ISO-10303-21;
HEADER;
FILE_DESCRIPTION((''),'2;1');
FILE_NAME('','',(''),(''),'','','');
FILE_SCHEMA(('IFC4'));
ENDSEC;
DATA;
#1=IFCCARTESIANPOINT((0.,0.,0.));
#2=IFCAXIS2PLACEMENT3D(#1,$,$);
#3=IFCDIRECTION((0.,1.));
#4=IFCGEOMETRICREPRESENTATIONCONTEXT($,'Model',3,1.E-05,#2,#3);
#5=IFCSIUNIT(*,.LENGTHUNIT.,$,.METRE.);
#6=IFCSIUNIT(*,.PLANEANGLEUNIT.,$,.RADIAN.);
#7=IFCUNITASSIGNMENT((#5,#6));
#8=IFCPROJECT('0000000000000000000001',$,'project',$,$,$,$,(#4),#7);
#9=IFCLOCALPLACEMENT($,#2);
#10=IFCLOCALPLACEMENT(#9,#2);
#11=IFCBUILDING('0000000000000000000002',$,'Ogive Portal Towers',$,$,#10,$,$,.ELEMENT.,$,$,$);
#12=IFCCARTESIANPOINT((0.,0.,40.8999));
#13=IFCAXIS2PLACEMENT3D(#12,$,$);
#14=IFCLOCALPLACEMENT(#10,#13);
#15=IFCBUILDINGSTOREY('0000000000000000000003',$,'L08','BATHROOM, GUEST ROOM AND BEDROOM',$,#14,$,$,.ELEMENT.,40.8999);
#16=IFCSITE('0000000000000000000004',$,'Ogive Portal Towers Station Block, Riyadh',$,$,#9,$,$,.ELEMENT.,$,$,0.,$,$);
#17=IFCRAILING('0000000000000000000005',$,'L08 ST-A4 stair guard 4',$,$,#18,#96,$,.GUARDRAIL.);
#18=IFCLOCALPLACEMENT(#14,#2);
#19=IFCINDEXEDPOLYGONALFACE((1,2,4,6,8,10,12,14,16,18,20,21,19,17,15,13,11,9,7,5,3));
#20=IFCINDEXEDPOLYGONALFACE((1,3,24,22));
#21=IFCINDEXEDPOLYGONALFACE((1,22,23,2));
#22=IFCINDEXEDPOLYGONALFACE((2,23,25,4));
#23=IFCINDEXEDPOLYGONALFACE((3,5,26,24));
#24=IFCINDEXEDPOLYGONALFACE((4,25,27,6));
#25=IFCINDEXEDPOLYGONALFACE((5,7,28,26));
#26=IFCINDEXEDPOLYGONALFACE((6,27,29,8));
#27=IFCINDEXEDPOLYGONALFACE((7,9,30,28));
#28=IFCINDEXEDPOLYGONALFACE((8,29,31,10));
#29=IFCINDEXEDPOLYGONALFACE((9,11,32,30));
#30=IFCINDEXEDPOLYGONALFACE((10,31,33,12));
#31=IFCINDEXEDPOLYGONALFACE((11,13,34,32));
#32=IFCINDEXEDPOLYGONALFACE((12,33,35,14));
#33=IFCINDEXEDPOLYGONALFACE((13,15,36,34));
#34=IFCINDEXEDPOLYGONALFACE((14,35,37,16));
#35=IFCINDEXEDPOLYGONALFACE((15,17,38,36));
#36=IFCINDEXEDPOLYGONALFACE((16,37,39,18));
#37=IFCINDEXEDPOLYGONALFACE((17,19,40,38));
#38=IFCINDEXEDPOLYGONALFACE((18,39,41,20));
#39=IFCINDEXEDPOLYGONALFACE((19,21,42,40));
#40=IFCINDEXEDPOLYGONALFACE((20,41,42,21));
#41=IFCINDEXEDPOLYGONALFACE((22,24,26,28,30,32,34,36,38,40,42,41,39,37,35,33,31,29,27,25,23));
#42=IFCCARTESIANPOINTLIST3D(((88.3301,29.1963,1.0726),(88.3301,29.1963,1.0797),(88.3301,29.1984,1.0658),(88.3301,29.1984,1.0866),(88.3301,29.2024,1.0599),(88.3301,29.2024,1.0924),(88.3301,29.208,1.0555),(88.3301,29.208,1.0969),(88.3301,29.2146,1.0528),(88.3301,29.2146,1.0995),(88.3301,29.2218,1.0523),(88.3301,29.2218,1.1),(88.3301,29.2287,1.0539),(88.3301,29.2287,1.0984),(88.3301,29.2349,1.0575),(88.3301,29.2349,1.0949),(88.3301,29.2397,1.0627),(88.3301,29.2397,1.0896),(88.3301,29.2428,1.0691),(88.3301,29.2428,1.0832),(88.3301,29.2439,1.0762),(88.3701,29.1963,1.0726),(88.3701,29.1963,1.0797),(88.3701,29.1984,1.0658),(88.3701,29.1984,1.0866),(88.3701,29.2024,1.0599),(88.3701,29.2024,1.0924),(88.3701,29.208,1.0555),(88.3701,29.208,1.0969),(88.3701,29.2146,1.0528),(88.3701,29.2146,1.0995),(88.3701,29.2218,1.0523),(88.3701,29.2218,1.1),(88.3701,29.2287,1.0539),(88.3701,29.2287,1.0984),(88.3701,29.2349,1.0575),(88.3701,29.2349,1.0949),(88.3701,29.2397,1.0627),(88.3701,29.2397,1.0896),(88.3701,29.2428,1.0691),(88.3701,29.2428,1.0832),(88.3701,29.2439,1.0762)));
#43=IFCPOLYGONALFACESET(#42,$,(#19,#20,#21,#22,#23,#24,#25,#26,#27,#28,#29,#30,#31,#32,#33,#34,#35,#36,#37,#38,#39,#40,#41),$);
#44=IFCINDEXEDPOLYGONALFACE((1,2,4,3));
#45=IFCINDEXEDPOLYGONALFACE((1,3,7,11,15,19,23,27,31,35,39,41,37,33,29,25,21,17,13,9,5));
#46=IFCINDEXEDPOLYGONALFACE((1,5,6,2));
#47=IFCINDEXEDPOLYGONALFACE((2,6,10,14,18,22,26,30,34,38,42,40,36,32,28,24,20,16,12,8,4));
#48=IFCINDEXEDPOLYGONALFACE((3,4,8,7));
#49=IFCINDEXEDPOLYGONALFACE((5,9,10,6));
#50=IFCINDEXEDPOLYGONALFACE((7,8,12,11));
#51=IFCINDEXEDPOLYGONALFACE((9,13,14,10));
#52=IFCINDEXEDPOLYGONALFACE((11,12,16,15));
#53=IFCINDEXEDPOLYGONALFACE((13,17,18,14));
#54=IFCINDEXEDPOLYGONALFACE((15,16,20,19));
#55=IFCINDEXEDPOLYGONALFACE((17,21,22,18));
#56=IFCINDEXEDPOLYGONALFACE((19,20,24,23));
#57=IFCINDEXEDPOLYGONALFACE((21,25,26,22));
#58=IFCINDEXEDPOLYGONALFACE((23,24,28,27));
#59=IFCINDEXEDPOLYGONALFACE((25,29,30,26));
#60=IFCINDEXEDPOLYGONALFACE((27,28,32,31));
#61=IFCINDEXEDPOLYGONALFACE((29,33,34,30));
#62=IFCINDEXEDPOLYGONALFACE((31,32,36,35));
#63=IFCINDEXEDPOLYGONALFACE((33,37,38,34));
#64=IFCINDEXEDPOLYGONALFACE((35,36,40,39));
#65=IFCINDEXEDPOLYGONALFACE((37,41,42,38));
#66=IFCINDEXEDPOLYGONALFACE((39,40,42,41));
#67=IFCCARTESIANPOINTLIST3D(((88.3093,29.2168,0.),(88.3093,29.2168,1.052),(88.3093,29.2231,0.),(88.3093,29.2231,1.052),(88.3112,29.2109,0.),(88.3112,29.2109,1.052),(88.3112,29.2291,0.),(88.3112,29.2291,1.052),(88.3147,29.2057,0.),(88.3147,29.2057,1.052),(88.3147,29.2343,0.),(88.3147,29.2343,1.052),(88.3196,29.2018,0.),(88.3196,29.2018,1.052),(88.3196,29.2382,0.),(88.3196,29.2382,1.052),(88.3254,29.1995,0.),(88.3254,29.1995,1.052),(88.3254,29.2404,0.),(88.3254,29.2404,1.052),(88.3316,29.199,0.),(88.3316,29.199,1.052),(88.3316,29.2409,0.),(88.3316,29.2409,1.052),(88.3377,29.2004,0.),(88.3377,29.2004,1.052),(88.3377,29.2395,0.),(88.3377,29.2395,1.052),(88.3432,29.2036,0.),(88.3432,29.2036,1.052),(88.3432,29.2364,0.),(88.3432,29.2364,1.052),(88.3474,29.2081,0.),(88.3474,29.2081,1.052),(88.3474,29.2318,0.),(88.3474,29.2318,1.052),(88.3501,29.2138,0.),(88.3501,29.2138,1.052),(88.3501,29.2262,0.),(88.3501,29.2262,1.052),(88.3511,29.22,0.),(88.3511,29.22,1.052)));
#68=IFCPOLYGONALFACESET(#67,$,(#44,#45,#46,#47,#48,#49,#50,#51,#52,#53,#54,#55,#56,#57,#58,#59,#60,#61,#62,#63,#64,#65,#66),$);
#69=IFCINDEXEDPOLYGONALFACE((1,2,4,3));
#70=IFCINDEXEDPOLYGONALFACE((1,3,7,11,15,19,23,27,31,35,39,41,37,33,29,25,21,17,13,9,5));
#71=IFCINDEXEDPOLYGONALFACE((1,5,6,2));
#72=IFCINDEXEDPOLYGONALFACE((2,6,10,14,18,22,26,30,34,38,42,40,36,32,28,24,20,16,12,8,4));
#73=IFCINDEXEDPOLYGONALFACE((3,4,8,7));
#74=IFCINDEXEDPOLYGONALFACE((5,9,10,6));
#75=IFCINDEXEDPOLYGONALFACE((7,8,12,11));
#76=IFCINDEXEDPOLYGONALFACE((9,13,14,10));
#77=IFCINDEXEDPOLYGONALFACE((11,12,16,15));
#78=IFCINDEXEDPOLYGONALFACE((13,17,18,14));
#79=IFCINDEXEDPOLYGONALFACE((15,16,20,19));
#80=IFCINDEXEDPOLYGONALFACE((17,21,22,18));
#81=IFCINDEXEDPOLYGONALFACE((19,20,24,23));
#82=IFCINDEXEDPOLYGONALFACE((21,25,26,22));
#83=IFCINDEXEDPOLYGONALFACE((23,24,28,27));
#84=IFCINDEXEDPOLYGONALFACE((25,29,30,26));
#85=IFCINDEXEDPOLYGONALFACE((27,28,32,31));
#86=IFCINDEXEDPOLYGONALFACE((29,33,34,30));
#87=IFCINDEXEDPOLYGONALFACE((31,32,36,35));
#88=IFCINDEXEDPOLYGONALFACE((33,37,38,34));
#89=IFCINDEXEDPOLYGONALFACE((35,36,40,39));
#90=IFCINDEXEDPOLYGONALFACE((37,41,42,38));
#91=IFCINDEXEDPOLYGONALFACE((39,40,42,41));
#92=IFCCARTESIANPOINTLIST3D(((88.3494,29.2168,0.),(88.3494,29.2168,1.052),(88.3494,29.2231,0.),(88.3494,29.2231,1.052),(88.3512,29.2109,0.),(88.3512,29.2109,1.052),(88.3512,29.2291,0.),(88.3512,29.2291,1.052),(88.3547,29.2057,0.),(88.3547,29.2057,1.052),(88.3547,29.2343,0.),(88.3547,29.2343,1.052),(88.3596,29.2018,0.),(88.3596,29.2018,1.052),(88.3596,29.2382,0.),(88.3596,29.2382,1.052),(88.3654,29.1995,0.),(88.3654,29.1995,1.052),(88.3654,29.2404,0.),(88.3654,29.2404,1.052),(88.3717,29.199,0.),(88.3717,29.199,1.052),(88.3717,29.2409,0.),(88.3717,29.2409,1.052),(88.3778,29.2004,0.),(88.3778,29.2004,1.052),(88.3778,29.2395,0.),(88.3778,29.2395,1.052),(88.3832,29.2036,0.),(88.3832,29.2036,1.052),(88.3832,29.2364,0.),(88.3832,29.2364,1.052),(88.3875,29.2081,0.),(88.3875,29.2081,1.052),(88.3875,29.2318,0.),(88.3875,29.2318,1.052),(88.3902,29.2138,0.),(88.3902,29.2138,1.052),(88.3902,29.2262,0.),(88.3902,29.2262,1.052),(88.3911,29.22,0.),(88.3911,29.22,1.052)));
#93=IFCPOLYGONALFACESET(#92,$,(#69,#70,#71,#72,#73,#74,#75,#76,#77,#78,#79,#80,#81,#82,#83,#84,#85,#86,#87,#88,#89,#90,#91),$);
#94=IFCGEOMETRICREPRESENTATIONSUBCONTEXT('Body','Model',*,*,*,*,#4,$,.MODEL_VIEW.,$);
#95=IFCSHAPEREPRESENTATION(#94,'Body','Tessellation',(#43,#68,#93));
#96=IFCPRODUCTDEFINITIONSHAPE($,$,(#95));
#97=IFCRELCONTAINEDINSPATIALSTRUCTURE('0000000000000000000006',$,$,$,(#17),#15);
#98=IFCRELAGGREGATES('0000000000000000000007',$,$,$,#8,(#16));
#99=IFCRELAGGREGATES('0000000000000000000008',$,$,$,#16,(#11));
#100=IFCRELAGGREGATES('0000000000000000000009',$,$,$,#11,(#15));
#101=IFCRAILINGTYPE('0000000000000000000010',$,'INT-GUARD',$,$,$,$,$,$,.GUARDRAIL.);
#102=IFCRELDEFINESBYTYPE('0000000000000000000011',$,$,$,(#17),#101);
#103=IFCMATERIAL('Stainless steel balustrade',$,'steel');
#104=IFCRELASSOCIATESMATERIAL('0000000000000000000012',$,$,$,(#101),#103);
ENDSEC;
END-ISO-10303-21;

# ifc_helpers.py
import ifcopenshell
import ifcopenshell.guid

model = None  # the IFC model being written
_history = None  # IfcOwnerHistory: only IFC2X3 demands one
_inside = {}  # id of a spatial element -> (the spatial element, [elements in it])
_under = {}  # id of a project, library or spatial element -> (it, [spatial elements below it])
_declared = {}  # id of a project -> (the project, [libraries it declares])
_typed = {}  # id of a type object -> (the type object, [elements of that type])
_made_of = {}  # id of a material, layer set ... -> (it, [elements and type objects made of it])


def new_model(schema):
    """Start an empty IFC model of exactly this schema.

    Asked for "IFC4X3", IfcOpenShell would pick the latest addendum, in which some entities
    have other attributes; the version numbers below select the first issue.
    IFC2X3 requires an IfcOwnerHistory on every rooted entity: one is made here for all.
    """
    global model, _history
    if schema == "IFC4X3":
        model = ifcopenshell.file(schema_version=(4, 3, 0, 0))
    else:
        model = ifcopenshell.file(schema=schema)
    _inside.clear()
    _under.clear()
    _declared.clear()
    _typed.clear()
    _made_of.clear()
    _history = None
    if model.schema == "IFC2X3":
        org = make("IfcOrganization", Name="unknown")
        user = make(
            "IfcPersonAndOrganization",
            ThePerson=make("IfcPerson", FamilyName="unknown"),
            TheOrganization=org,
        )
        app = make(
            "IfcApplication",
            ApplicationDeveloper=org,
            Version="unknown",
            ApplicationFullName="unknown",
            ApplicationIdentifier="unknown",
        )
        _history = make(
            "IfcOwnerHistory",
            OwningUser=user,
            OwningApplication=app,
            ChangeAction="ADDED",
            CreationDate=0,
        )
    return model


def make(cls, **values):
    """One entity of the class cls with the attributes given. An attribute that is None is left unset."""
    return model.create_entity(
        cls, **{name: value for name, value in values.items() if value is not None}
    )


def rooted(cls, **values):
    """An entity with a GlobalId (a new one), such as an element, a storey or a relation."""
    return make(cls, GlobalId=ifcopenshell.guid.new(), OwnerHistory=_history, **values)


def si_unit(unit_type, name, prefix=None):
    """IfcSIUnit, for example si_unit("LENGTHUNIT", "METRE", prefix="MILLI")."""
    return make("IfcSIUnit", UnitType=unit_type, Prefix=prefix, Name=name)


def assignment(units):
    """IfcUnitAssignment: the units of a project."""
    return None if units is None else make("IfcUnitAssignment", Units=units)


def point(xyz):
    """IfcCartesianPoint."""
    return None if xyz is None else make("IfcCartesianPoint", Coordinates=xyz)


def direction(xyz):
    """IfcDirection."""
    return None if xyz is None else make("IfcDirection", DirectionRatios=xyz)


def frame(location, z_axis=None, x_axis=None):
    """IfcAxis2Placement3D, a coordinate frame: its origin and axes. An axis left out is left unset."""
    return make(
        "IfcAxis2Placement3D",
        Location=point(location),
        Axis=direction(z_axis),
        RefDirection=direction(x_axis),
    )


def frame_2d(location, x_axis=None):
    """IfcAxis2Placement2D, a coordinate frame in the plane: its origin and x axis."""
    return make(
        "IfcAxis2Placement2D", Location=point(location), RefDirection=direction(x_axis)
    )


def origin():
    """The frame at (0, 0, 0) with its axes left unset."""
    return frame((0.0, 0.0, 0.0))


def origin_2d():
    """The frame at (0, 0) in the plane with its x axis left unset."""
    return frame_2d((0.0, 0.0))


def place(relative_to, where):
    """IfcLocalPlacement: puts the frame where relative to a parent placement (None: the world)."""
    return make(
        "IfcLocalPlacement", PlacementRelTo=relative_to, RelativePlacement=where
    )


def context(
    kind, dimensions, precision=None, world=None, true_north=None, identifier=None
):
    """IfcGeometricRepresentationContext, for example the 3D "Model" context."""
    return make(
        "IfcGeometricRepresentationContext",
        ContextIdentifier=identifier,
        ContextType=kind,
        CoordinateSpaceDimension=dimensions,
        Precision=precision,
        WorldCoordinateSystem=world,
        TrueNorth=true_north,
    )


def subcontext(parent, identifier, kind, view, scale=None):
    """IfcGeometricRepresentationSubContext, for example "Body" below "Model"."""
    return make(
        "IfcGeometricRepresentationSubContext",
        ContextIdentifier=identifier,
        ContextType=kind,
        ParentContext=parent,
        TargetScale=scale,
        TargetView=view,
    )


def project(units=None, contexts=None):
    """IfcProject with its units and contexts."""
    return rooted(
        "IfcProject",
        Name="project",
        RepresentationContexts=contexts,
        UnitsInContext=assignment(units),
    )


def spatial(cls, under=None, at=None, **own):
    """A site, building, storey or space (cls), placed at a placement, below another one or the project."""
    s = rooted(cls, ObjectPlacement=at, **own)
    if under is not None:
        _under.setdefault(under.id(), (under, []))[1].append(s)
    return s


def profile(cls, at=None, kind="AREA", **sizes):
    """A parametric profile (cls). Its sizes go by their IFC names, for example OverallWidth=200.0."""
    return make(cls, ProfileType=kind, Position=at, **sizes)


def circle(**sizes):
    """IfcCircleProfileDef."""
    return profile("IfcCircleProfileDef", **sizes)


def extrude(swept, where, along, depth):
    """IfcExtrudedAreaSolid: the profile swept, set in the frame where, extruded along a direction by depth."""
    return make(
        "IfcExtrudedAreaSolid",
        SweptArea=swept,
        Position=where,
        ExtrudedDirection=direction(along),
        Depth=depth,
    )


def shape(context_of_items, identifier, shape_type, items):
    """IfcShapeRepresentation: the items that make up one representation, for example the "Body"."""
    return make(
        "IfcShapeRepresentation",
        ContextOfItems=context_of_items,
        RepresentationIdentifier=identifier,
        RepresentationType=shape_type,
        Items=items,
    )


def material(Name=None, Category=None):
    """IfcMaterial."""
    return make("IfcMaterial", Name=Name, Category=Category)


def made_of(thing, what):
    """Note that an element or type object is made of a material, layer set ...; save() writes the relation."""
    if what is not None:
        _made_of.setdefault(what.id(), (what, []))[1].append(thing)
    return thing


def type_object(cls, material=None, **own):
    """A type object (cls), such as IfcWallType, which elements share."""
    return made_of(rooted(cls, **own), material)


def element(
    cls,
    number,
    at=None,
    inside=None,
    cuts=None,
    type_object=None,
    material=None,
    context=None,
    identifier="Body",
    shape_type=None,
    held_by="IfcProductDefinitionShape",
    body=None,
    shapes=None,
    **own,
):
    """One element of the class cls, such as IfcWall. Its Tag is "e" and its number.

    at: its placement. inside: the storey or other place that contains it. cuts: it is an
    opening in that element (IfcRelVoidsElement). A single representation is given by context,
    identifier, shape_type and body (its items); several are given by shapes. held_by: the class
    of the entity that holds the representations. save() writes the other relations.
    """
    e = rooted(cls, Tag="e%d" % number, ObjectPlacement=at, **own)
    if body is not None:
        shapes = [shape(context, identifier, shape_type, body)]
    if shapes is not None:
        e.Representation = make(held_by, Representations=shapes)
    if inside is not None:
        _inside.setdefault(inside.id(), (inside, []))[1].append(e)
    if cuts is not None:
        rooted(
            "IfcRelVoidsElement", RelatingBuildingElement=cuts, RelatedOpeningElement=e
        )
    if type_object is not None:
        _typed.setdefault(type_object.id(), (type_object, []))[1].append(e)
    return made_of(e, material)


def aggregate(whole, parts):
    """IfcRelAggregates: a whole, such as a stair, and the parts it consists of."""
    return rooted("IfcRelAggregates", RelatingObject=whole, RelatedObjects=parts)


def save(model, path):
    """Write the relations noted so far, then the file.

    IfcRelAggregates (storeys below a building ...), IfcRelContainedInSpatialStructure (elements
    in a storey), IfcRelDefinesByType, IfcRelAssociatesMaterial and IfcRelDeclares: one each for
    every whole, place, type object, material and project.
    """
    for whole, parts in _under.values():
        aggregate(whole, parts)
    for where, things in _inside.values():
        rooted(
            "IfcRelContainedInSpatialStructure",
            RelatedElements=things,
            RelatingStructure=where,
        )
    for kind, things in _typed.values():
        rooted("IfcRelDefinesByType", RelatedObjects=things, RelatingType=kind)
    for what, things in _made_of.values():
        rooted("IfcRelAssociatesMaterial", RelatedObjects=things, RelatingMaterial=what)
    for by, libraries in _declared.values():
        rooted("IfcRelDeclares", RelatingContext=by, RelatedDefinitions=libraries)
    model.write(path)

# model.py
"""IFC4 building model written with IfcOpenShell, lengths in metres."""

from ifc_helpers import new_model, si_unit, direction, frame, origin, origin_2d, place, context, subcontext, project, spatial, circle, extrude, material, type_object, element, save


model = new_model("IFC4")

# Units and contexts
model_context = context("Model", 3, precision=1e-05, world=origin(), true_north=direction((0.0, 1.0)))
body_context = subcontext(model_context, "Body", "Model", "MODEL_VIEW")
ifc_project = project(units=[si_unit("LENGTHUNIT", "METRE"), si_unit("PLANEANGLEUNIT", "RADIAN")], contexts=[model_context])

# Site, building, storey
site_placement = place(None, origin())
site = spatial("IfcSite", under=ifc_project, at=site_placement, Name="Ogive Portal Towers Station Block, Riyadh", CompositionType="ELEMENT", RefElevation=0.0)
building_placement = place(site_placement, origin())
building = spatial("IfcBuilding", under=site, at=building_placement, Name="Ogive Portal Towers", CompositionType="ELEMENT")
storey_placement = place(building_placement, frame((0.0, 0.0, 40.8999)))
storey = spatial("IfcBuildingStorey", under=building, at=storey_placement, Name="L08", Description="BATHROOM, GUEST ROOM AND BEDROOM", CompositionType="ELEMENT", Elevation=40.8999)

# Railing
ifc_material_1 = material(Name="Stainless steel balustrade", Category="steel")
railing_type_1 = type_object("IfcRailingType", Name="INT-GUARD", PredefinedType="GUARDRAIL", material=ifc_material_1)
railing_1_placement = place(storey_placement, frame((88.3301, 29.22, 0.0)))
element("IfcRailing", 1, at=railing_1_placement, inside=storey, type_object=railing_type_1, Name="L08 ST-A4 stair guard 4", PredefinedType="GUARDRAIL", context=body_context, shape_type="SweptSolid", body=[
    extrude(circle(Radius=0.0239, at=origin_2d()), frame((0.0, 0.0, 1.0762), z_axis=(1.0, 0.0, 0.0), x_axis=(0.0, 1.0, 0.0)), (0.0, 0.0, 1.0), 0.04),
    extrude(circle(Radius=0.021, at=origin_2d()), origin(), (0.0, 0.0, 1.0), 1.052),
    extrude(circle(Radius=0.021, at=origin_2d()), frame((0.04, 0.0, 0.0)), (0.0, 0.0, 1.0), 1.052),
])

save(model, "model.ifc")
